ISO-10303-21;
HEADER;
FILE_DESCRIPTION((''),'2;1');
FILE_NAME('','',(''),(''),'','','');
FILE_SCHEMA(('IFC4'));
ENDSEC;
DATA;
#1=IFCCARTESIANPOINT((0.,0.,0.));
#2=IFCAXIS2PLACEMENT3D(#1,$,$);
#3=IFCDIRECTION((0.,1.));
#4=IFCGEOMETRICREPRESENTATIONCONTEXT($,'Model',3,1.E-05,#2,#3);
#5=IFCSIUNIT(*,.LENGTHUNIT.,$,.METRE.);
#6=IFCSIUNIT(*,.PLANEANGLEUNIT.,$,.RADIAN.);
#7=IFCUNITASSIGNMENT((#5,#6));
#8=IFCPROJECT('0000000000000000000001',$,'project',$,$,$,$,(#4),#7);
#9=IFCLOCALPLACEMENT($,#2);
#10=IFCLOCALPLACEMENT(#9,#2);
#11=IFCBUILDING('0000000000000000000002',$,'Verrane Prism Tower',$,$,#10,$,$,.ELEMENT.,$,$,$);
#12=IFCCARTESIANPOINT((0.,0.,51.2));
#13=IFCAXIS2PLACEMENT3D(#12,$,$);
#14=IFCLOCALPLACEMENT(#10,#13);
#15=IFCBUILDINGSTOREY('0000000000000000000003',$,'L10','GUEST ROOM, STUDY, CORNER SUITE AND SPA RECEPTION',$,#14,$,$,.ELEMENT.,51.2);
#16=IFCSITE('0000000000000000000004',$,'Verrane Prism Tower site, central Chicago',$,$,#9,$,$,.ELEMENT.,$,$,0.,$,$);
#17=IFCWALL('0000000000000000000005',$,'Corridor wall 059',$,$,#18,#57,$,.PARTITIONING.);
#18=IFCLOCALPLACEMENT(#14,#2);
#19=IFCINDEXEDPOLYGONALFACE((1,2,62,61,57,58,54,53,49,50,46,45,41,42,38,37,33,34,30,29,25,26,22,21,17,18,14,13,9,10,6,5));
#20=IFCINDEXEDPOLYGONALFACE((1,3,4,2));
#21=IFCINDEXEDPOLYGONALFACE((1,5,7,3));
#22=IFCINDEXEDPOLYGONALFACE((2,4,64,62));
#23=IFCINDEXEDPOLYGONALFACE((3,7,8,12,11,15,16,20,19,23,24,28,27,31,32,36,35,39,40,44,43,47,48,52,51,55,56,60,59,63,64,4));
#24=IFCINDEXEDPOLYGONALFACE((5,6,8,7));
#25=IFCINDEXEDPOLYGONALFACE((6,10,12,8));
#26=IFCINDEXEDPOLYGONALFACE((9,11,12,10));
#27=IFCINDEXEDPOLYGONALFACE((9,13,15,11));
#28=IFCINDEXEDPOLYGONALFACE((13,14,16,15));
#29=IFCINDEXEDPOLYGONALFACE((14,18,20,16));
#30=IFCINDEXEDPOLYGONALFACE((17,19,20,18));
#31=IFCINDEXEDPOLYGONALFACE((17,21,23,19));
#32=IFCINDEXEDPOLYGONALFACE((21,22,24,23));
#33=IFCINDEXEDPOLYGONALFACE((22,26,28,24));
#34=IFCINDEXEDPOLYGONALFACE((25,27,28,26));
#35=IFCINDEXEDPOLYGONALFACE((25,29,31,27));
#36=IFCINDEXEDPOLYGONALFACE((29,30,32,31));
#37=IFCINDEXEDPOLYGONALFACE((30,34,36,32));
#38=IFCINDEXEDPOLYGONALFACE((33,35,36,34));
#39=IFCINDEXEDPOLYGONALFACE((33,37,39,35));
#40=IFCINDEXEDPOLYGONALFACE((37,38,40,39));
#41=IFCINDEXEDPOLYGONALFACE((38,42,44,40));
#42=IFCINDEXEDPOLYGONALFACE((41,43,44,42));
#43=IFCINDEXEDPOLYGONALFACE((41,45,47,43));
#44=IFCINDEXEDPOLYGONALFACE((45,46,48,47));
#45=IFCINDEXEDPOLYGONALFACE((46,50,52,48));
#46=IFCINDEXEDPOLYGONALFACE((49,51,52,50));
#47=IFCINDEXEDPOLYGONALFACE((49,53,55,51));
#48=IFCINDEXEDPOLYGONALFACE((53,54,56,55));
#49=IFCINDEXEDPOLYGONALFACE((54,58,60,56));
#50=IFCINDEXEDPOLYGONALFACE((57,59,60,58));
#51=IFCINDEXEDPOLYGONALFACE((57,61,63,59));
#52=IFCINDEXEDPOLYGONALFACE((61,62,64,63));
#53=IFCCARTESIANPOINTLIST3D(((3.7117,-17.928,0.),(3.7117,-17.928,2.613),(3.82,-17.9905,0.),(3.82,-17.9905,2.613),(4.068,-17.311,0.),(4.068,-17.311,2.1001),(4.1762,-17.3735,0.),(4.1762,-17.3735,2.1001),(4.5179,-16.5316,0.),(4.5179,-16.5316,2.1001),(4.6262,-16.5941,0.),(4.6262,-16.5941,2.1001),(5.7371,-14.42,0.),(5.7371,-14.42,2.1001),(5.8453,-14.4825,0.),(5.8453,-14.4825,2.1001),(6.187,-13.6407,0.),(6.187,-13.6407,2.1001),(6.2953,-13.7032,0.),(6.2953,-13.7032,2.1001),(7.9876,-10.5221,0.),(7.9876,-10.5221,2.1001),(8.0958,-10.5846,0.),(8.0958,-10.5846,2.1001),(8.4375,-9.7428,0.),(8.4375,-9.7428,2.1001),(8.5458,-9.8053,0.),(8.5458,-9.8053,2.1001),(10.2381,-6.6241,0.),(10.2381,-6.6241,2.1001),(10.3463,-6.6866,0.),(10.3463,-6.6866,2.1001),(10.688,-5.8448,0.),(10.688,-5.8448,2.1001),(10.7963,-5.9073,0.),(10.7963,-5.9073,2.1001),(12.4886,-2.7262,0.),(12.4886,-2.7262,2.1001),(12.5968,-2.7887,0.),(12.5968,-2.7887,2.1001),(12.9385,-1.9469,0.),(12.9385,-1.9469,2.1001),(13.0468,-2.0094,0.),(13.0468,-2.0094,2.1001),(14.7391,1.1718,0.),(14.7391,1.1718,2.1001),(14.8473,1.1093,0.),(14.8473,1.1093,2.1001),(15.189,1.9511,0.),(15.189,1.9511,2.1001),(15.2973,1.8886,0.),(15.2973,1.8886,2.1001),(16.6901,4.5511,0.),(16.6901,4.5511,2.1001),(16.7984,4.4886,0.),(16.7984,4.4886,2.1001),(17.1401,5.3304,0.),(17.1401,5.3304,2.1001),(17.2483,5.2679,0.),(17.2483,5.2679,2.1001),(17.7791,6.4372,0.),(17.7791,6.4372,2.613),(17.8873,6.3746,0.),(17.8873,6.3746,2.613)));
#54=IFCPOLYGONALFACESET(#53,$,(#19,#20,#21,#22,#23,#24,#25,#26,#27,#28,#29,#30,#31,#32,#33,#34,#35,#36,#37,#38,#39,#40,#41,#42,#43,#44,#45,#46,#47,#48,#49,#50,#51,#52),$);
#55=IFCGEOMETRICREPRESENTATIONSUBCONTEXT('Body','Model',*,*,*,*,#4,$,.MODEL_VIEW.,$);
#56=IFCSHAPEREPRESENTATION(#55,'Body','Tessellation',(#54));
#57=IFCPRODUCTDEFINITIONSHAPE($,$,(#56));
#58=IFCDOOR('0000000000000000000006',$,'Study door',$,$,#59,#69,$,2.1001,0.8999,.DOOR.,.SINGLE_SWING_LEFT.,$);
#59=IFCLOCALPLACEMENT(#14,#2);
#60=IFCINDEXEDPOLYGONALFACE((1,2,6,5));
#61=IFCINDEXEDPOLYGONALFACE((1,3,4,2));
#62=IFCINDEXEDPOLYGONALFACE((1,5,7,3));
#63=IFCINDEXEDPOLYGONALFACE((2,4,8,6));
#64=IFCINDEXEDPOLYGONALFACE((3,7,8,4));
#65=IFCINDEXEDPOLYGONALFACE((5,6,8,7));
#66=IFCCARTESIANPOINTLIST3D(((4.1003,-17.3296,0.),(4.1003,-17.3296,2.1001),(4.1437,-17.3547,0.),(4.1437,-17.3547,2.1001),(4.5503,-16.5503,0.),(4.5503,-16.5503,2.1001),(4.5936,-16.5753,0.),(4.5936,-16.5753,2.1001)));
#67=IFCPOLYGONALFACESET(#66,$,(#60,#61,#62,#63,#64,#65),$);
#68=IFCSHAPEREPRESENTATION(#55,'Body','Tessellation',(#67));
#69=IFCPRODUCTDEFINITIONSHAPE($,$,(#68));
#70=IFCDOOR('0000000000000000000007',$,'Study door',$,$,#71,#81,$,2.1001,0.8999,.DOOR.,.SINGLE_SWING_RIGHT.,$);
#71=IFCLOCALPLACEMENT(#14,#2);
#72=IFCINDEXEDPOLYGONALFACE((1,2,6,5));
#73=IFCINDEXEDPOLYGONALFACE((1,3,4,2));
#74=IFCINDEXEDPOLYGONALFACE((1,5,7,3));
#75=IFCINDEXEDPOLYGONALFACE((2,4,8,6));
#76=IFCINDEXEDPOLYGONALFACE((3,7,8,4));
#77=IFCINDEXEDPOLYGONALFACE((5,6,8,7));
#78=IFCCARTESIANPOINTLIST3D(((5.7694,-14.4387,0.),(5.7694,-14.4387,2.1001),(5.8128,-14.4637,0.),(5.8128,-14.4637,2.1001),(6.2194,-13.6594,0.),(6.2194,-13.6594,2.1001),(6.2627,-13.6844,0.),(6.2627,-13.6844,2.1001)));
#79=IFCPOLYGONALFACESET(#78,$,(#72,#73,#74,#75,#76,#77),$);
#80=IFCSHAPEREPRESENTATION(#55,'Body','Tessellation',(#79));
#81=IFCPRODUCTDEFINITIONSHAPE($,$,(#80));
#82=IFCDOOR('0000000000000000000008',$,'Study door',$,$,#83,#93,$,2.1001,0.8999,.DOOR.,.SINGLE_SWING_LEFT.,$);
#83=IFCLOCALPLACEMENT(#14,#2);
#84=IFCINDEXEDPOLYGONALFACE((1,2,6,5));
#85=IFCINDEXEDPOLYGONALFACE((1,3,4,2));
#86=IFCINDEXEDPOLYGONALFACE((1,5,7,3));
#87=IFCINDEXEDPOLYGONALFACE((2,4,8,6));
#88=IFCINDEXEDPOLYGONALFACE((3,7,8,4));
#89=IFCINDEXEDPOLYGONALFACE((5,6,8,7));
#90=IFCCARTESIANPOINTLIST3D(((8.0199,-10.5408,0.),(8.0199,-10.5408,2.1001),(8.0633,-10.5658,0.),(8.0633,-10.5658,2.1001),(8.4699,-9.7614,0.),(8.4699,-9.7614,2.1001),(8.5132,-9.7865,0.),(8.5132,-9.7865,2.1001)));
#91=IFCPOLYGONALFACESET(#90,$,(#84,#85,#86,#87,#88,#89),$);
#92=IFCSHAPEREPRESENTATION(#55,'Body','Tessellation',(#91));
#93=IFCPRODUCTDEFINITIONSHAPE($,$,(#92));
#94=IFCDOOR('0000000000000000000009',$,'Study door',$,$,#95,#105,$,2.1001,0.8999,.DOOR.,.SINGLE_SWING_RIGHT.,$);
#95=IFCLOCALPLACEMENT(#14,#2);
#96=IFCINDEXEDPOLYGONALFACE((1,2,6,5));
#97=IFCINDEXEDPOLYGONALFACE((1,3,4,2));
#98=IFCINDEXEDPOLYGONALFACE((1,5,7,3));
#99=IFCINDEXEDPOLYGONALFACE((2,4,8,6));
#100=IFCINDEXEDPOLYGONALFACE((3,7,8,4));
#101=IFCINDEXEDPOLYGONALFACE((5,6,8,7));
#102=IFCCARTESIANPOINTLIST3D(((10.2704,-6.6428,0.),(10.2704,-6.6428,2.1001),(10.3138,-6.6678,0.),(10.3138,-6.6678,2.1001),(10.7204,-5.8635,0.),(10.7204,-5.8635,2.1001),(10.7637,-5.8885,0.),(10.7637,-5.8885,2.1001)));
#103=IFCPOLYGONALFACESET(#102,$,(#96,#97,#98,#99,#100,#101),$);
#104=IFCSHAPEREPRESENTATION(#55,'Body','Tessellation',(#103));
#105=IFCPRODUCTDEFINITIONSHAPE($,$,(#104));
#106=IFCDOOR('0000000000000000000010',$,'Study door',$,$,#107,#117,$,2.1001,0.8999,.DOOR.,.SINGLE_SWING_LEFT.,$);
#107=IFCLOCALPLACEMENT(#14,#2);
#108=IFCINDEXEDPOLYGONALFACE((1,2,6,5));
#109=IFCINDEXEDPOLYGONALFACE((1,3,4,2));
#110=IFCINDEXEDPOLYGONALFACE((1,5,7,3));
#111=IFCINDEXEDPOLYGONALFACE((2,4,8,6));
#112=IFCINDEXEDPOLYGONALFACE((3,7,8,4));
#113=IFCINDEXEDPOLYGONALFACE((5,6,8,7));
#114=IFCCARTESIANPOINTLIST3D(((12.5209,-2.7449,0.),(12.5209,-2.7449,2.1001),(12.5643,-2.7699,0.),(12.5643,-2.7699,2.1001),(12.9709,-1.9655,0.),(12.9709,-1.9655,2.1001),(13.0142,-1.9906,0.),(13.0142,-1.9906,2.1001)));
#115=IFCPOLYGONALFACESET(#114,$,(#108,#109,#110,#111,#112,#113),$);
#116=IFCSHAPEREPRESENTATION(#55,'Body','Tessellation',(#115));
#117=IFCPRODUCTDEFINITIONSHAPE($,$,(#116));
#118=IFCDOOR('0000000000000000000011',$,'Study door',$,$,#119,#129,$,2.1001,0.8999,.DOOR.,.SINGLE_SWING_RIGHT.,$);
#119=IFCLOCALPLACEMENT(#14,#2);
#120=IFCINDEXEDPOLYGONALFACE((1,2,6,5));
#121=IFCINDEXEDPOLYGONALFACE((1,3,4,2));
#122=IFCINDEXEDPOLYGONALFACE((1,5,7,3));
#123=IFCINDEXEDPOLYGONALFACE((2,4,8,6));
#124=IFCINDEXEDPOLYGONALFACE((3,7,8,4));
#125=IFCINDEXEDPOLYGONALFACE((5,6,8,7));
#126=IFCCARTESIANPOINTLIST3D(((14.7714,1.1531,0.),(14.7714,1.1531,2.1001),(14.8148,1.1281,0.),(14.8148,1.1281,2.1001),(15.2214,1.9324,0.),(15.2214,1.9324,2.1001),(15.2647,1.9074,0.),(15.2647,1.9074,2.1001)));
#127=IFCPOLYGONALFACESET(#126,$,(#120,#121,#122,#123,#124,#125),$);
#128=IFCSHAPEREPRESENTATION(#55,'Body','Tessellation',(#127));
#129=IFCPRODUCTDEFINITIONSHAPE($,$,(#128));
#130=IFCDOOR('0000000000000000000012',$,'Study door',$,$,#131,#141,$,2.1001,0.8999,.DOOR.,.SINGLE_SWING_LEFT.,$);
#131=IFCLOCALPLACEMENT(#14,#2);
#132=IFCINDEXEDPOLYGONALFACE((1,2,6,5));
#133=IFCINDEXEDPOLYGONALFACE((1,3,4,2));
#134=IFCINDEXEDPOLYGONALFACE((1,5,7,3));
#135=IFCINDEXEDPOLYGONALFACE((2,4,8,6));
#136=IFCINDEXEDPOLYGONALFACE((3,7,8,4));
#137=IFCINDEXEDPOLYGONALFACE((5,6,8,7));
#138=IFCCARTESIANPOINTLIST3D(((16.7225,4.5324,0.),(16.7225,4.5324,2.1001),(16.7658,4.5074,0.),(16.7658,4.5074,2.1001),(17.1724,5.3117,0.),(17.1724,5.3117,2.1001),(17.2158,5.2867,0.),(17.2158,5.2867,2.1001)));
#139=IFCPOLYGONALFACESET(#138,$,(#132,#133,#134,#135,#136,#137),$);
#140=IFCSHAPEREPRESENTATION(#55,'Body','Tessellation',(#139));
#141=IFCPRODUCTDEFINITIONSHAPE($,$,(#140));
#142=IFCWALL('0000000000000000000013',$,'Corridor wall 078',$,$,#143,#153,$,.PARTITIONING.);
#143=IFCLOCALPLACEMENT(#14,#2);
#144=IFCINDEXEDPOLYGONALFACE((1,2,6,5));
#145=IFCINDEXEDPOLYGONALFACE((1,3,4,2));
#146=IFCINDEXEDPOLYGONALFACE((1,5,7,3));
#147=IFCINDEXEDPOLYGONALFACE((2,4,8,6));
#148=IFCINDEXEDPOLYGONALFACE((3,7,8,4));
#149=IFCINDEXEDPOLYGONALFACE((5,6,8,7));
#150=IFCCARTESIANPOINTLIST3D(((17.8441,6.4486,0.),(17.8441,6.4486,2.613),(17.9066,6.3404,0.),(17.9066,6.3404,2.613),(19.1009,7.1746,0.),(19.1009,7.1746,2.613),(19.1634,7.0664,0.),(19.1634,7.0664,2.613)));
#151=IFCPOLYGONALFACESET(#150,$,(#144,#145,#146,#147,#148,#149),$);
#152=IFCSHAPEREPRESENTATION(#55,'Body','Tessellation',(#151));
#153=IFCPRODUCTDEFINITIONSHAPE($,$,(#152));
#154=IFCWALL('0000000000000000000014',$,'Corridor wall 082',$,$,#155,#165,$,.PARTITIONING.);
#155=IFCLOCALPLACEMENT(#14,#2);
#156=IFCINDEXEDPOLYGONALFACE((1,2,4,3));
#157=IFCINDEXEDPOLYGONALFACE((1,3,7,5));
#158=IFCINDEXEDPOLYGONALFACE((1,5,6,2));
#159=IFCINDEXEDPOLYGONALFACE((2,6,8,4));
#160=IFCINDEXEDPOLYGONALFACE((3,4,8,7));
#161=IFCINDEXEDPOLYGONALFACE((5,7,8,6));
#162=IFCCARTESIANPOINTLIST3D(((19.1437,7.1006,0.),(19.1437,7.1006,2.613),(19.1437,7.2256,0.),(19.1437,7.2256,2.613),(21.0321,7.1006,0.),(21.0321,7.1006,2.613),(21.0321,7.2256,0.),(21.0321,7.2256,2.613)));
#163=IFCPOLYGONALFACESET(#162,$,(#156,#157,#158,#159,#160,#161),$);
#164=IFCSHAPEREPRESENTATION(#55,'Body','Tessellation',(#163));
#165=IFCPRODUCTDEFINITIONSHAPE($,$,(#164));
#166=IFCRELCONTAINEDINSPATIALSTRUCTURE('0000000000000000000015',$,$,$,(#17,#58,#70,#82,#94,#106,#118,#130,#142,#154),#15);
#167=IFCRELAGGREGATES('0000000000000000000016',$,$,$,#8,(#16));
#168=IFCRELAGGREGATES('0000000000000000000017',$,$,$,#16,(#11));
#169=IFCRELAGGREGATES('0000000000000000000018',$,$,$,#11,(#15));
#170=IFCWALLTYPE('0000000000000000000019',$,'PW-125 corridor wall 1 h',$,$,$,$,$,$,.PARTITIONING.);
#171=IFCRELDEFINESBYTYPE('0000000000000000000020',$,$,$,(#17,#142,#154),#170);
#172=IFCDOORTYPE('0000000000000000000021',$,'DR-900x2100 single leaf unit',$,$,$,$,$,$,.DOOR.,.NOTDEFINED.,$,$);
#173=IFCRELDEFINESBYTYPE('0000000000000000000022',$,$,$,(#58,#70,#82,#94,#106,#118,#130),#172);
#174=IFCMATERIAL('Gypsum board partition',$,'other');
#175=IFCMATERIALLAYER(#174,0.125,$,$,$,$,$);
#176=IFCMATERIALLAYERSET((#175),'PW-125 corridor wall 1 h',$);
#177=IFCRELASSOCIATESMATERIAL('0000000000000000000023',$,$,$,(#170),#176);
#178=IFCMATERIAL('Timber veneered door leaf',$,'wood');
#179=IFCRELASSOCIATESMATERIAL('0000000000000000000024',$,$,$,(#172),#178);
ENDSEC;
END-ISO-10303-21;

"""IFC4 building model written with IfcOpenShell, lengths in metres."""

from ifc_helpers import new_model, si_unit, direction, frame, frame_2d, origin, place, context, subcontext, project, spatial, rectangle, extrude, material, layer, layer_set, type_object, element, fill, save


model = new_model("IFC4")

# Units and contexts
model_context = context("Model", 3, precision=1e-05, world=origin(), true_north=direction((0.0, 1.0)))
body_context = subcontext(model_context, "Body", "Model", "MODEL_VIEW")
ifc_project = project(units=[si_unit("LENGTHUNIT", "METRE"), si_unit("PLANEANGLEUNIT", "RADIAN")], contexts=[model_context])

# Site, building, storey
site_placement = place(None, origin())
site = spatial("IfcSite", under=ifc_project, at=site_placement, Name="Verrane Prism Tower site, central Chicago", CompositionType="ELEMENT", RefElevation=0.0)
building_placement = place(site_placement, origin())
building = spatial("IfcBuilding", under=site, at=building_placement, Name="Verrane Prism Tower", CompositionType="ELEMENT")
storey_placement = place(building_placement, frame((0.0, 0.0, 51.2)))
storey = spatial("IfcBuildingStorey", under=building, at=storey_placement, Name="L10", Description="GUEST ROOM, STUDY, CORNER SUITE AND SPA RECEPTION", CompositionType="ELEMENT", Elevation=51.2)

# Wall, openings, doors
ifc_material_1 = material(Name="Gypsum board partition", Category="other")
ifc_layer_1 = layer(ifc_material_1, 0.125)
ifc_layer_set_1 = layer_set([ifc_layer_1], Name="PW-125 corridor wall 1 h")
wall_type_1 = type_object("IfcWallType", Name="PW-125 corridor wall 1 h", PredefinedType="PARTITIONING", material=ifc_layer_set_1)
wall_1_placement = place(storey_placement, frame((17.8333, 6.406, 0.0), z_axis=(0.0, 0.0, 1.0), x_axis=(-0.500003, -0.866024, 0.0)))
wall_1 = element("IfcWall", 1, at=wall_1_placement, inside=storey, type_object=wall_type_1, Name="Corridor wall 059", PredefinedType="PARTITIONING", context=body_context, shape_type="SweptSolid", body=[
    extrude(rectangle(XDim=28.1345, YDim=0.125, at=frame_2d((14.0674, 0.0))), origin(), (0.0, 0.0, 1.0), 2.613),
])
opening_1_placement = place(wall_1_placement, frame((26.5222, 0.0, 0.0)))
opening_1 = element("IfcOpeningElement", 2, at=opening_1_placement, cuts=wall_1, PredefinedType="OPENING", context=body_context, shape_type="SweptSolid", body=[
    extrude(rectangle(XDim=0.8999, YDim=2.1001, at=frame_2d((0.45, 1.05))), frame((0.0, 0.0725, 0.0), z_axis=(0.0, -1.0, 0.0), x_axis=(1.0, 0.0, 0.0)), (0.0, 0.0, 1.0), 0.145),
])
opening_2_placement = place(wall_1_placement, frame((23.1841, 0.0, 0.0)))
opening_2 = element("IfcOpeningElement", 3, at=opening_2_placement, cuts=wall_1, PredefinedType="OPENING", context=body_context, shape_type="SweptSolid", body=[
    extrude(rectangle(XDim=0.8999, YDim=2.1001, at=frame_2d((0.45, 1.05))), frame((0.0, 0.0725, 0.0), z_axis=(0.0, -1.0, 0.0), x_axis=(1.0, 0.0, 0.0)), (0.0, 0.0, 1.0), 0.145),
])
opening_3_placement = place(wall_1_placement, frame((18.6831, 0.0, 0.0)))
opening_3 = element("IfcOpeningElement", 4, at=opening_3_placement, cuts=wall_1, PredefinedType="OPENING", context=body_context, shape_type="SweptSolid", body=[
    extrude(rectangle(XDim=0.8999, YDim=2.1001, at=frame_2d((0.45, 1.05))), frame((0.0, 0.0725, 0.0), z_axis=(0.0, -1.0, 0.0), x_axis=(1.0, 0.0, 0.0)), (0.0, 0.0, 1.0), 0.145),
])
opening_4_placement = place(wall_1_placement, frame((14.1821, 0.0, 0.0)))
opening_4 = element("IfcOpeningElement", 5, at=opening_4_placement, cuts=wall_1, PredefinedType="OPENING", context=body_context, shape_type="SweptSolid", body=[
    extrude(rectangle(XDim=0.8999, YDim=2.1001, at=frame_2d((0.45, 1.05))), frame((0.0, 0.0725, 0.0), z_axis=(0.0, -1.0, 0.0), x_axis=(1.0, 0.0, 0.0)), (0.0, 0.0, 1.0), 0.145),
])
opening_5_placement = place(wall_1_placement, frame((9.6812, 0.0, 0.0)))
opening_5 = element("IfcOpeningElement", 6, at=opening_5_placement, cuts=wall_1, PredefinedType="OPENING", context=body_context, shape_type="SweptSolid", body=[
    extrude(rectangle(XDim=0.8999, YDim=2.1001, at=frame_2d((0.45, 1.05))), frame((0.0, 0.0725, 0.0), z_axis=(0.0, -1.0, 0.0), x_axis=(1.0, 0.0, 0.0)), (0.0, 0.0, 1.0), 0.145),
])
opening_6_placement = place(wall_1_placement, frame((5.1802, 0.0, 0.0)))
opening_6 = element("IfcOpeningElement", 7, at=opening_6_placement, cuts=wall_1, PredefinedType="OPENING", context=body_context, shape_type="SweptSolid", body=[
    extrude(rectangle(XDim=0.8999, YDim=2.1001, at=frame_2d((0.45, 1.05))), frame((0.0, 0.0725, 0.0), z_axis=(0.0, -1.0, 0.0), x_axis=(1.0, 0.0, 0.0)), (0.0, 0.0, 1.0), 0.145),
])
opening_7_placement = place(wall_1_placement, frame((1.2781, 0.0, 0.0)))
opening_7 = element("IfcOpeningElement", 8, at=opening_7_placement, cuts=wall_1, PredefinedType="OPENING", context=body_context, shape_type="SweptSolid", body=[
    extrude(rectangle(XDim=0.8999, YDim=2.1001, at=frame_2d((0.45, 1.05))), frame((0.0, 0.0725, 0.0), z_axis=(0.0, -1.0, 0.0), x_axis=(1.0, 0.0, 0.0)), (0.0, 0.0, 1.0), 0.145),
])
ifc_material_2 = material(Name="Timber veneered door leaf", Category="wood")
door_type_1 = type_object("IfcDoorType", Name="DR-900x2100 single leaf unit", OperationType="NOTDEFINED", PredefinedType="DOOR", material=ifc_material_2)
door_1_placement = place(opening_1_placement, origin())
door_1 = element("IfcDoor", 9, at=door_1_placement, inside=storey, type_object=door_type_1, Name="Study door", OperationType="SINGLE_SWING_LEFT", OverallHeight=2.1001, OverallWidth=0.8999, PredefinedType="DOOR", context=body_context, shape_type="SweptSolid", body=[
    extrude(rectangle(XDim=0.8999, YDim=2.1001, at=frame_2d((0.45, 1.05))), frame((0.0, 0.0249, 0.0), z_axis=(0.0, -1.0, 0.0), x_axis=(1.0, 0.0, 0.0)), (0.0, 0.0, 1.0), 0.05),
])
fill(opening_1, door_1)
door_2_placement = place(opening_2_placement, origin())
door_2 = element("IfcDoor", 10, at=door_2_placement, inside=storey, type_object=door_type_1, Name="Study door", OperationType="SINGLE_SWING_RIGHT", OverallHeight=2.1001, OverallWidth=0.8999, PredefinedType="DOOR", context=body_context, shape_type="SweptSolid", body=[
    extrude(rectangle(XDim=0.8999, YDim=2.1001, at=frame_2d((0.45, 1.05))), frame((0.0, 0.0249, 0.0), z_axis=(0.0, -1.0, 0.0), x_axis=(1.0, 0.0, 0.0)), (0.0, 0.0, 1.0), 0.05),
])
fill(opening_2, door_2)
door_3_placement = place(opening_3_placement, origin())
door_3 = element("IfcDoor", 11, at=door_3_placement, inside=storey, type_object=door_type_1, Name="Study door", OperationType="SINGLE_SWING_LEFT", OverallHeight=2.1001, OverallWidth=0.8999, PredefinedType="DOOR", context=body_context, shape_type="SweptSolid", body=[
    extrude(rectangle(XDim=0.8999, YDim=2.1001, at=frame_2d((0.45, 1.05))), frame((0.0, 0.0249, 0.0), z_axis=(0.0, -1.0, 0.0), x_axis=(1.0, 0.0, 0.0)), (0.0, 0.0, 1.0), 0.05),
])
fill(opening_3, door_3)
door_4_placement = place(opening_4_placement, origin())
door_4 = element("IfcDoor", 12, at=door_4_placement, inside=storey, type_object=door_type_1, Name="Study door", OperationType="SINGLE_SWING_RIGHT", OverallHeight=2.1001, OverallWidth=0.8999, PredefinedType="DOOR", context=body_context, shape_type="SweptSolid", body=[
    extrude(rectangle(XDim=0.8999, YDim=2.1001, at=frame_2d((0.45, 1.05))), frame((0.0, 0.0249, 0.0), z_axis=(0.0, -1.0, 0.0), x_axis=(1.0, 0.0, 0.0)), (0.0, 0.0, 1.0), 0.05),
])
fill(opening_4, door_4)
door_5_placement = place(opening_5_placement, origin())
door_5 = element("IfcDoor", 13, at=door_5_placement, inside=storey, type_object=door_type_1, Name="Study door", OperationType="SINGLE_SWING_LEFT", OverallHeight=2.1001, OverallWidth=0.8999, PredefinedType="DOOR", context=body_context, shape_type="SweptSolid", body=[
    extrude(rectangle(XDim=0.8999, YDim=2.1001, at=frame_2d((0.45, 1.05))), frame((0.0, 0.0249, 0.0), z_axis=(0.0, -1.0, 0.0), x_axis=(1.0, 0.0, 0.0)), (0.0, 0.0, 1.0), 0.05),
])
fill(opening_5, door_5)
door_6_placement = place(opening_6_placement, origin())
door_6 = element("IfcDoor", 14, at=door_6_placement, inside=storey, type_object=door_type_1, Name="Study door", OperationType="SINGLE_SWING_RIGHT", OverallHeight=2.1001, OverallWidth=0.8999, PredefinedType="DOOR", context=body_context, shape_type="SweptSolid", body=[
    extrude(rectangle(XDim=0.8999, YDim=2.1001, at=frame_2d((0.45, 1.05))), frame((0.0, 0.0249, 0.0), z_axis=(0.0, -1.0, 0.0), x_axis=(1.0, 0.0, 0.0)), (0.0, 0.0, 1.0), 0.05),
])
fill(opening_6, door_6)
door_7_placement = place(opening_7_placement, origin())
door_7 = element("IfcDoor", 15, at=door_7_placement, inside=storey, type_object=door_type_1, Name="Study door", OperationType="SINGLE_SWING_LEFT", OverallHeight=2.1001, OverallWidth=0.8999, PredefinedType="DOOR", context=body_context, shape_type="SweptSolid", body=[
    extrude(rectangle(XDim=0.8999, YDim=2.1001, at=frame_2d((0.45, 1.05))), frame((0.0, 0.0249, 0.0), z_axis=(0.0, -1.0, 0.0), x_axis=(1.0, 0.0, 0.0)), (0.0, 0.0, 1.0), 0.05),
])
fill(opening_7, door_7)

# Walls
wall_2_placement = place(storey_placement, frame((17.8755, 6.3945, 0.0), z_axis=(0.0, 0.0, 1.0), x_axis=(0.865894, 0.500227, 0.0)))
element("IfcWall", 16, at=wall_2_placement, inside=storey, type_object=wall_type_1, Name="Corridor wall 078", PredefinedType="PARTITIONING", context=body_context, shape_type="SweptSolid", body=[
    extrude(rectangle(XDim=1.4514, YDim=0.125, at=frame_2d((0.7256, 0.0))), origin(), (0.0, 0.0, 1.0), 2.613),
])
wall_3_placement = place(storey_placement, frame((19.1436, 7.1631, 0.0), z_axis=(0.0, 0.0, 1.0), x_axis=(1.0, 0.0, 0.0)))
element("IfcWall", 17, at=wall_3_placement, inside=storey, type_object=wall_type_1, Name="Corridor wall 082", PredefinedType="PARTITIONING", context=body_context, shape_type="SweptSolid", body=[
    extrude(rectangle(XDim=1.8884, YDim=0.125, at=frame_2d((0.9443, 0.0))), origin(), (0.0, 0.0, 1.0), 2.613),
])

save(model, "model.ifc")
